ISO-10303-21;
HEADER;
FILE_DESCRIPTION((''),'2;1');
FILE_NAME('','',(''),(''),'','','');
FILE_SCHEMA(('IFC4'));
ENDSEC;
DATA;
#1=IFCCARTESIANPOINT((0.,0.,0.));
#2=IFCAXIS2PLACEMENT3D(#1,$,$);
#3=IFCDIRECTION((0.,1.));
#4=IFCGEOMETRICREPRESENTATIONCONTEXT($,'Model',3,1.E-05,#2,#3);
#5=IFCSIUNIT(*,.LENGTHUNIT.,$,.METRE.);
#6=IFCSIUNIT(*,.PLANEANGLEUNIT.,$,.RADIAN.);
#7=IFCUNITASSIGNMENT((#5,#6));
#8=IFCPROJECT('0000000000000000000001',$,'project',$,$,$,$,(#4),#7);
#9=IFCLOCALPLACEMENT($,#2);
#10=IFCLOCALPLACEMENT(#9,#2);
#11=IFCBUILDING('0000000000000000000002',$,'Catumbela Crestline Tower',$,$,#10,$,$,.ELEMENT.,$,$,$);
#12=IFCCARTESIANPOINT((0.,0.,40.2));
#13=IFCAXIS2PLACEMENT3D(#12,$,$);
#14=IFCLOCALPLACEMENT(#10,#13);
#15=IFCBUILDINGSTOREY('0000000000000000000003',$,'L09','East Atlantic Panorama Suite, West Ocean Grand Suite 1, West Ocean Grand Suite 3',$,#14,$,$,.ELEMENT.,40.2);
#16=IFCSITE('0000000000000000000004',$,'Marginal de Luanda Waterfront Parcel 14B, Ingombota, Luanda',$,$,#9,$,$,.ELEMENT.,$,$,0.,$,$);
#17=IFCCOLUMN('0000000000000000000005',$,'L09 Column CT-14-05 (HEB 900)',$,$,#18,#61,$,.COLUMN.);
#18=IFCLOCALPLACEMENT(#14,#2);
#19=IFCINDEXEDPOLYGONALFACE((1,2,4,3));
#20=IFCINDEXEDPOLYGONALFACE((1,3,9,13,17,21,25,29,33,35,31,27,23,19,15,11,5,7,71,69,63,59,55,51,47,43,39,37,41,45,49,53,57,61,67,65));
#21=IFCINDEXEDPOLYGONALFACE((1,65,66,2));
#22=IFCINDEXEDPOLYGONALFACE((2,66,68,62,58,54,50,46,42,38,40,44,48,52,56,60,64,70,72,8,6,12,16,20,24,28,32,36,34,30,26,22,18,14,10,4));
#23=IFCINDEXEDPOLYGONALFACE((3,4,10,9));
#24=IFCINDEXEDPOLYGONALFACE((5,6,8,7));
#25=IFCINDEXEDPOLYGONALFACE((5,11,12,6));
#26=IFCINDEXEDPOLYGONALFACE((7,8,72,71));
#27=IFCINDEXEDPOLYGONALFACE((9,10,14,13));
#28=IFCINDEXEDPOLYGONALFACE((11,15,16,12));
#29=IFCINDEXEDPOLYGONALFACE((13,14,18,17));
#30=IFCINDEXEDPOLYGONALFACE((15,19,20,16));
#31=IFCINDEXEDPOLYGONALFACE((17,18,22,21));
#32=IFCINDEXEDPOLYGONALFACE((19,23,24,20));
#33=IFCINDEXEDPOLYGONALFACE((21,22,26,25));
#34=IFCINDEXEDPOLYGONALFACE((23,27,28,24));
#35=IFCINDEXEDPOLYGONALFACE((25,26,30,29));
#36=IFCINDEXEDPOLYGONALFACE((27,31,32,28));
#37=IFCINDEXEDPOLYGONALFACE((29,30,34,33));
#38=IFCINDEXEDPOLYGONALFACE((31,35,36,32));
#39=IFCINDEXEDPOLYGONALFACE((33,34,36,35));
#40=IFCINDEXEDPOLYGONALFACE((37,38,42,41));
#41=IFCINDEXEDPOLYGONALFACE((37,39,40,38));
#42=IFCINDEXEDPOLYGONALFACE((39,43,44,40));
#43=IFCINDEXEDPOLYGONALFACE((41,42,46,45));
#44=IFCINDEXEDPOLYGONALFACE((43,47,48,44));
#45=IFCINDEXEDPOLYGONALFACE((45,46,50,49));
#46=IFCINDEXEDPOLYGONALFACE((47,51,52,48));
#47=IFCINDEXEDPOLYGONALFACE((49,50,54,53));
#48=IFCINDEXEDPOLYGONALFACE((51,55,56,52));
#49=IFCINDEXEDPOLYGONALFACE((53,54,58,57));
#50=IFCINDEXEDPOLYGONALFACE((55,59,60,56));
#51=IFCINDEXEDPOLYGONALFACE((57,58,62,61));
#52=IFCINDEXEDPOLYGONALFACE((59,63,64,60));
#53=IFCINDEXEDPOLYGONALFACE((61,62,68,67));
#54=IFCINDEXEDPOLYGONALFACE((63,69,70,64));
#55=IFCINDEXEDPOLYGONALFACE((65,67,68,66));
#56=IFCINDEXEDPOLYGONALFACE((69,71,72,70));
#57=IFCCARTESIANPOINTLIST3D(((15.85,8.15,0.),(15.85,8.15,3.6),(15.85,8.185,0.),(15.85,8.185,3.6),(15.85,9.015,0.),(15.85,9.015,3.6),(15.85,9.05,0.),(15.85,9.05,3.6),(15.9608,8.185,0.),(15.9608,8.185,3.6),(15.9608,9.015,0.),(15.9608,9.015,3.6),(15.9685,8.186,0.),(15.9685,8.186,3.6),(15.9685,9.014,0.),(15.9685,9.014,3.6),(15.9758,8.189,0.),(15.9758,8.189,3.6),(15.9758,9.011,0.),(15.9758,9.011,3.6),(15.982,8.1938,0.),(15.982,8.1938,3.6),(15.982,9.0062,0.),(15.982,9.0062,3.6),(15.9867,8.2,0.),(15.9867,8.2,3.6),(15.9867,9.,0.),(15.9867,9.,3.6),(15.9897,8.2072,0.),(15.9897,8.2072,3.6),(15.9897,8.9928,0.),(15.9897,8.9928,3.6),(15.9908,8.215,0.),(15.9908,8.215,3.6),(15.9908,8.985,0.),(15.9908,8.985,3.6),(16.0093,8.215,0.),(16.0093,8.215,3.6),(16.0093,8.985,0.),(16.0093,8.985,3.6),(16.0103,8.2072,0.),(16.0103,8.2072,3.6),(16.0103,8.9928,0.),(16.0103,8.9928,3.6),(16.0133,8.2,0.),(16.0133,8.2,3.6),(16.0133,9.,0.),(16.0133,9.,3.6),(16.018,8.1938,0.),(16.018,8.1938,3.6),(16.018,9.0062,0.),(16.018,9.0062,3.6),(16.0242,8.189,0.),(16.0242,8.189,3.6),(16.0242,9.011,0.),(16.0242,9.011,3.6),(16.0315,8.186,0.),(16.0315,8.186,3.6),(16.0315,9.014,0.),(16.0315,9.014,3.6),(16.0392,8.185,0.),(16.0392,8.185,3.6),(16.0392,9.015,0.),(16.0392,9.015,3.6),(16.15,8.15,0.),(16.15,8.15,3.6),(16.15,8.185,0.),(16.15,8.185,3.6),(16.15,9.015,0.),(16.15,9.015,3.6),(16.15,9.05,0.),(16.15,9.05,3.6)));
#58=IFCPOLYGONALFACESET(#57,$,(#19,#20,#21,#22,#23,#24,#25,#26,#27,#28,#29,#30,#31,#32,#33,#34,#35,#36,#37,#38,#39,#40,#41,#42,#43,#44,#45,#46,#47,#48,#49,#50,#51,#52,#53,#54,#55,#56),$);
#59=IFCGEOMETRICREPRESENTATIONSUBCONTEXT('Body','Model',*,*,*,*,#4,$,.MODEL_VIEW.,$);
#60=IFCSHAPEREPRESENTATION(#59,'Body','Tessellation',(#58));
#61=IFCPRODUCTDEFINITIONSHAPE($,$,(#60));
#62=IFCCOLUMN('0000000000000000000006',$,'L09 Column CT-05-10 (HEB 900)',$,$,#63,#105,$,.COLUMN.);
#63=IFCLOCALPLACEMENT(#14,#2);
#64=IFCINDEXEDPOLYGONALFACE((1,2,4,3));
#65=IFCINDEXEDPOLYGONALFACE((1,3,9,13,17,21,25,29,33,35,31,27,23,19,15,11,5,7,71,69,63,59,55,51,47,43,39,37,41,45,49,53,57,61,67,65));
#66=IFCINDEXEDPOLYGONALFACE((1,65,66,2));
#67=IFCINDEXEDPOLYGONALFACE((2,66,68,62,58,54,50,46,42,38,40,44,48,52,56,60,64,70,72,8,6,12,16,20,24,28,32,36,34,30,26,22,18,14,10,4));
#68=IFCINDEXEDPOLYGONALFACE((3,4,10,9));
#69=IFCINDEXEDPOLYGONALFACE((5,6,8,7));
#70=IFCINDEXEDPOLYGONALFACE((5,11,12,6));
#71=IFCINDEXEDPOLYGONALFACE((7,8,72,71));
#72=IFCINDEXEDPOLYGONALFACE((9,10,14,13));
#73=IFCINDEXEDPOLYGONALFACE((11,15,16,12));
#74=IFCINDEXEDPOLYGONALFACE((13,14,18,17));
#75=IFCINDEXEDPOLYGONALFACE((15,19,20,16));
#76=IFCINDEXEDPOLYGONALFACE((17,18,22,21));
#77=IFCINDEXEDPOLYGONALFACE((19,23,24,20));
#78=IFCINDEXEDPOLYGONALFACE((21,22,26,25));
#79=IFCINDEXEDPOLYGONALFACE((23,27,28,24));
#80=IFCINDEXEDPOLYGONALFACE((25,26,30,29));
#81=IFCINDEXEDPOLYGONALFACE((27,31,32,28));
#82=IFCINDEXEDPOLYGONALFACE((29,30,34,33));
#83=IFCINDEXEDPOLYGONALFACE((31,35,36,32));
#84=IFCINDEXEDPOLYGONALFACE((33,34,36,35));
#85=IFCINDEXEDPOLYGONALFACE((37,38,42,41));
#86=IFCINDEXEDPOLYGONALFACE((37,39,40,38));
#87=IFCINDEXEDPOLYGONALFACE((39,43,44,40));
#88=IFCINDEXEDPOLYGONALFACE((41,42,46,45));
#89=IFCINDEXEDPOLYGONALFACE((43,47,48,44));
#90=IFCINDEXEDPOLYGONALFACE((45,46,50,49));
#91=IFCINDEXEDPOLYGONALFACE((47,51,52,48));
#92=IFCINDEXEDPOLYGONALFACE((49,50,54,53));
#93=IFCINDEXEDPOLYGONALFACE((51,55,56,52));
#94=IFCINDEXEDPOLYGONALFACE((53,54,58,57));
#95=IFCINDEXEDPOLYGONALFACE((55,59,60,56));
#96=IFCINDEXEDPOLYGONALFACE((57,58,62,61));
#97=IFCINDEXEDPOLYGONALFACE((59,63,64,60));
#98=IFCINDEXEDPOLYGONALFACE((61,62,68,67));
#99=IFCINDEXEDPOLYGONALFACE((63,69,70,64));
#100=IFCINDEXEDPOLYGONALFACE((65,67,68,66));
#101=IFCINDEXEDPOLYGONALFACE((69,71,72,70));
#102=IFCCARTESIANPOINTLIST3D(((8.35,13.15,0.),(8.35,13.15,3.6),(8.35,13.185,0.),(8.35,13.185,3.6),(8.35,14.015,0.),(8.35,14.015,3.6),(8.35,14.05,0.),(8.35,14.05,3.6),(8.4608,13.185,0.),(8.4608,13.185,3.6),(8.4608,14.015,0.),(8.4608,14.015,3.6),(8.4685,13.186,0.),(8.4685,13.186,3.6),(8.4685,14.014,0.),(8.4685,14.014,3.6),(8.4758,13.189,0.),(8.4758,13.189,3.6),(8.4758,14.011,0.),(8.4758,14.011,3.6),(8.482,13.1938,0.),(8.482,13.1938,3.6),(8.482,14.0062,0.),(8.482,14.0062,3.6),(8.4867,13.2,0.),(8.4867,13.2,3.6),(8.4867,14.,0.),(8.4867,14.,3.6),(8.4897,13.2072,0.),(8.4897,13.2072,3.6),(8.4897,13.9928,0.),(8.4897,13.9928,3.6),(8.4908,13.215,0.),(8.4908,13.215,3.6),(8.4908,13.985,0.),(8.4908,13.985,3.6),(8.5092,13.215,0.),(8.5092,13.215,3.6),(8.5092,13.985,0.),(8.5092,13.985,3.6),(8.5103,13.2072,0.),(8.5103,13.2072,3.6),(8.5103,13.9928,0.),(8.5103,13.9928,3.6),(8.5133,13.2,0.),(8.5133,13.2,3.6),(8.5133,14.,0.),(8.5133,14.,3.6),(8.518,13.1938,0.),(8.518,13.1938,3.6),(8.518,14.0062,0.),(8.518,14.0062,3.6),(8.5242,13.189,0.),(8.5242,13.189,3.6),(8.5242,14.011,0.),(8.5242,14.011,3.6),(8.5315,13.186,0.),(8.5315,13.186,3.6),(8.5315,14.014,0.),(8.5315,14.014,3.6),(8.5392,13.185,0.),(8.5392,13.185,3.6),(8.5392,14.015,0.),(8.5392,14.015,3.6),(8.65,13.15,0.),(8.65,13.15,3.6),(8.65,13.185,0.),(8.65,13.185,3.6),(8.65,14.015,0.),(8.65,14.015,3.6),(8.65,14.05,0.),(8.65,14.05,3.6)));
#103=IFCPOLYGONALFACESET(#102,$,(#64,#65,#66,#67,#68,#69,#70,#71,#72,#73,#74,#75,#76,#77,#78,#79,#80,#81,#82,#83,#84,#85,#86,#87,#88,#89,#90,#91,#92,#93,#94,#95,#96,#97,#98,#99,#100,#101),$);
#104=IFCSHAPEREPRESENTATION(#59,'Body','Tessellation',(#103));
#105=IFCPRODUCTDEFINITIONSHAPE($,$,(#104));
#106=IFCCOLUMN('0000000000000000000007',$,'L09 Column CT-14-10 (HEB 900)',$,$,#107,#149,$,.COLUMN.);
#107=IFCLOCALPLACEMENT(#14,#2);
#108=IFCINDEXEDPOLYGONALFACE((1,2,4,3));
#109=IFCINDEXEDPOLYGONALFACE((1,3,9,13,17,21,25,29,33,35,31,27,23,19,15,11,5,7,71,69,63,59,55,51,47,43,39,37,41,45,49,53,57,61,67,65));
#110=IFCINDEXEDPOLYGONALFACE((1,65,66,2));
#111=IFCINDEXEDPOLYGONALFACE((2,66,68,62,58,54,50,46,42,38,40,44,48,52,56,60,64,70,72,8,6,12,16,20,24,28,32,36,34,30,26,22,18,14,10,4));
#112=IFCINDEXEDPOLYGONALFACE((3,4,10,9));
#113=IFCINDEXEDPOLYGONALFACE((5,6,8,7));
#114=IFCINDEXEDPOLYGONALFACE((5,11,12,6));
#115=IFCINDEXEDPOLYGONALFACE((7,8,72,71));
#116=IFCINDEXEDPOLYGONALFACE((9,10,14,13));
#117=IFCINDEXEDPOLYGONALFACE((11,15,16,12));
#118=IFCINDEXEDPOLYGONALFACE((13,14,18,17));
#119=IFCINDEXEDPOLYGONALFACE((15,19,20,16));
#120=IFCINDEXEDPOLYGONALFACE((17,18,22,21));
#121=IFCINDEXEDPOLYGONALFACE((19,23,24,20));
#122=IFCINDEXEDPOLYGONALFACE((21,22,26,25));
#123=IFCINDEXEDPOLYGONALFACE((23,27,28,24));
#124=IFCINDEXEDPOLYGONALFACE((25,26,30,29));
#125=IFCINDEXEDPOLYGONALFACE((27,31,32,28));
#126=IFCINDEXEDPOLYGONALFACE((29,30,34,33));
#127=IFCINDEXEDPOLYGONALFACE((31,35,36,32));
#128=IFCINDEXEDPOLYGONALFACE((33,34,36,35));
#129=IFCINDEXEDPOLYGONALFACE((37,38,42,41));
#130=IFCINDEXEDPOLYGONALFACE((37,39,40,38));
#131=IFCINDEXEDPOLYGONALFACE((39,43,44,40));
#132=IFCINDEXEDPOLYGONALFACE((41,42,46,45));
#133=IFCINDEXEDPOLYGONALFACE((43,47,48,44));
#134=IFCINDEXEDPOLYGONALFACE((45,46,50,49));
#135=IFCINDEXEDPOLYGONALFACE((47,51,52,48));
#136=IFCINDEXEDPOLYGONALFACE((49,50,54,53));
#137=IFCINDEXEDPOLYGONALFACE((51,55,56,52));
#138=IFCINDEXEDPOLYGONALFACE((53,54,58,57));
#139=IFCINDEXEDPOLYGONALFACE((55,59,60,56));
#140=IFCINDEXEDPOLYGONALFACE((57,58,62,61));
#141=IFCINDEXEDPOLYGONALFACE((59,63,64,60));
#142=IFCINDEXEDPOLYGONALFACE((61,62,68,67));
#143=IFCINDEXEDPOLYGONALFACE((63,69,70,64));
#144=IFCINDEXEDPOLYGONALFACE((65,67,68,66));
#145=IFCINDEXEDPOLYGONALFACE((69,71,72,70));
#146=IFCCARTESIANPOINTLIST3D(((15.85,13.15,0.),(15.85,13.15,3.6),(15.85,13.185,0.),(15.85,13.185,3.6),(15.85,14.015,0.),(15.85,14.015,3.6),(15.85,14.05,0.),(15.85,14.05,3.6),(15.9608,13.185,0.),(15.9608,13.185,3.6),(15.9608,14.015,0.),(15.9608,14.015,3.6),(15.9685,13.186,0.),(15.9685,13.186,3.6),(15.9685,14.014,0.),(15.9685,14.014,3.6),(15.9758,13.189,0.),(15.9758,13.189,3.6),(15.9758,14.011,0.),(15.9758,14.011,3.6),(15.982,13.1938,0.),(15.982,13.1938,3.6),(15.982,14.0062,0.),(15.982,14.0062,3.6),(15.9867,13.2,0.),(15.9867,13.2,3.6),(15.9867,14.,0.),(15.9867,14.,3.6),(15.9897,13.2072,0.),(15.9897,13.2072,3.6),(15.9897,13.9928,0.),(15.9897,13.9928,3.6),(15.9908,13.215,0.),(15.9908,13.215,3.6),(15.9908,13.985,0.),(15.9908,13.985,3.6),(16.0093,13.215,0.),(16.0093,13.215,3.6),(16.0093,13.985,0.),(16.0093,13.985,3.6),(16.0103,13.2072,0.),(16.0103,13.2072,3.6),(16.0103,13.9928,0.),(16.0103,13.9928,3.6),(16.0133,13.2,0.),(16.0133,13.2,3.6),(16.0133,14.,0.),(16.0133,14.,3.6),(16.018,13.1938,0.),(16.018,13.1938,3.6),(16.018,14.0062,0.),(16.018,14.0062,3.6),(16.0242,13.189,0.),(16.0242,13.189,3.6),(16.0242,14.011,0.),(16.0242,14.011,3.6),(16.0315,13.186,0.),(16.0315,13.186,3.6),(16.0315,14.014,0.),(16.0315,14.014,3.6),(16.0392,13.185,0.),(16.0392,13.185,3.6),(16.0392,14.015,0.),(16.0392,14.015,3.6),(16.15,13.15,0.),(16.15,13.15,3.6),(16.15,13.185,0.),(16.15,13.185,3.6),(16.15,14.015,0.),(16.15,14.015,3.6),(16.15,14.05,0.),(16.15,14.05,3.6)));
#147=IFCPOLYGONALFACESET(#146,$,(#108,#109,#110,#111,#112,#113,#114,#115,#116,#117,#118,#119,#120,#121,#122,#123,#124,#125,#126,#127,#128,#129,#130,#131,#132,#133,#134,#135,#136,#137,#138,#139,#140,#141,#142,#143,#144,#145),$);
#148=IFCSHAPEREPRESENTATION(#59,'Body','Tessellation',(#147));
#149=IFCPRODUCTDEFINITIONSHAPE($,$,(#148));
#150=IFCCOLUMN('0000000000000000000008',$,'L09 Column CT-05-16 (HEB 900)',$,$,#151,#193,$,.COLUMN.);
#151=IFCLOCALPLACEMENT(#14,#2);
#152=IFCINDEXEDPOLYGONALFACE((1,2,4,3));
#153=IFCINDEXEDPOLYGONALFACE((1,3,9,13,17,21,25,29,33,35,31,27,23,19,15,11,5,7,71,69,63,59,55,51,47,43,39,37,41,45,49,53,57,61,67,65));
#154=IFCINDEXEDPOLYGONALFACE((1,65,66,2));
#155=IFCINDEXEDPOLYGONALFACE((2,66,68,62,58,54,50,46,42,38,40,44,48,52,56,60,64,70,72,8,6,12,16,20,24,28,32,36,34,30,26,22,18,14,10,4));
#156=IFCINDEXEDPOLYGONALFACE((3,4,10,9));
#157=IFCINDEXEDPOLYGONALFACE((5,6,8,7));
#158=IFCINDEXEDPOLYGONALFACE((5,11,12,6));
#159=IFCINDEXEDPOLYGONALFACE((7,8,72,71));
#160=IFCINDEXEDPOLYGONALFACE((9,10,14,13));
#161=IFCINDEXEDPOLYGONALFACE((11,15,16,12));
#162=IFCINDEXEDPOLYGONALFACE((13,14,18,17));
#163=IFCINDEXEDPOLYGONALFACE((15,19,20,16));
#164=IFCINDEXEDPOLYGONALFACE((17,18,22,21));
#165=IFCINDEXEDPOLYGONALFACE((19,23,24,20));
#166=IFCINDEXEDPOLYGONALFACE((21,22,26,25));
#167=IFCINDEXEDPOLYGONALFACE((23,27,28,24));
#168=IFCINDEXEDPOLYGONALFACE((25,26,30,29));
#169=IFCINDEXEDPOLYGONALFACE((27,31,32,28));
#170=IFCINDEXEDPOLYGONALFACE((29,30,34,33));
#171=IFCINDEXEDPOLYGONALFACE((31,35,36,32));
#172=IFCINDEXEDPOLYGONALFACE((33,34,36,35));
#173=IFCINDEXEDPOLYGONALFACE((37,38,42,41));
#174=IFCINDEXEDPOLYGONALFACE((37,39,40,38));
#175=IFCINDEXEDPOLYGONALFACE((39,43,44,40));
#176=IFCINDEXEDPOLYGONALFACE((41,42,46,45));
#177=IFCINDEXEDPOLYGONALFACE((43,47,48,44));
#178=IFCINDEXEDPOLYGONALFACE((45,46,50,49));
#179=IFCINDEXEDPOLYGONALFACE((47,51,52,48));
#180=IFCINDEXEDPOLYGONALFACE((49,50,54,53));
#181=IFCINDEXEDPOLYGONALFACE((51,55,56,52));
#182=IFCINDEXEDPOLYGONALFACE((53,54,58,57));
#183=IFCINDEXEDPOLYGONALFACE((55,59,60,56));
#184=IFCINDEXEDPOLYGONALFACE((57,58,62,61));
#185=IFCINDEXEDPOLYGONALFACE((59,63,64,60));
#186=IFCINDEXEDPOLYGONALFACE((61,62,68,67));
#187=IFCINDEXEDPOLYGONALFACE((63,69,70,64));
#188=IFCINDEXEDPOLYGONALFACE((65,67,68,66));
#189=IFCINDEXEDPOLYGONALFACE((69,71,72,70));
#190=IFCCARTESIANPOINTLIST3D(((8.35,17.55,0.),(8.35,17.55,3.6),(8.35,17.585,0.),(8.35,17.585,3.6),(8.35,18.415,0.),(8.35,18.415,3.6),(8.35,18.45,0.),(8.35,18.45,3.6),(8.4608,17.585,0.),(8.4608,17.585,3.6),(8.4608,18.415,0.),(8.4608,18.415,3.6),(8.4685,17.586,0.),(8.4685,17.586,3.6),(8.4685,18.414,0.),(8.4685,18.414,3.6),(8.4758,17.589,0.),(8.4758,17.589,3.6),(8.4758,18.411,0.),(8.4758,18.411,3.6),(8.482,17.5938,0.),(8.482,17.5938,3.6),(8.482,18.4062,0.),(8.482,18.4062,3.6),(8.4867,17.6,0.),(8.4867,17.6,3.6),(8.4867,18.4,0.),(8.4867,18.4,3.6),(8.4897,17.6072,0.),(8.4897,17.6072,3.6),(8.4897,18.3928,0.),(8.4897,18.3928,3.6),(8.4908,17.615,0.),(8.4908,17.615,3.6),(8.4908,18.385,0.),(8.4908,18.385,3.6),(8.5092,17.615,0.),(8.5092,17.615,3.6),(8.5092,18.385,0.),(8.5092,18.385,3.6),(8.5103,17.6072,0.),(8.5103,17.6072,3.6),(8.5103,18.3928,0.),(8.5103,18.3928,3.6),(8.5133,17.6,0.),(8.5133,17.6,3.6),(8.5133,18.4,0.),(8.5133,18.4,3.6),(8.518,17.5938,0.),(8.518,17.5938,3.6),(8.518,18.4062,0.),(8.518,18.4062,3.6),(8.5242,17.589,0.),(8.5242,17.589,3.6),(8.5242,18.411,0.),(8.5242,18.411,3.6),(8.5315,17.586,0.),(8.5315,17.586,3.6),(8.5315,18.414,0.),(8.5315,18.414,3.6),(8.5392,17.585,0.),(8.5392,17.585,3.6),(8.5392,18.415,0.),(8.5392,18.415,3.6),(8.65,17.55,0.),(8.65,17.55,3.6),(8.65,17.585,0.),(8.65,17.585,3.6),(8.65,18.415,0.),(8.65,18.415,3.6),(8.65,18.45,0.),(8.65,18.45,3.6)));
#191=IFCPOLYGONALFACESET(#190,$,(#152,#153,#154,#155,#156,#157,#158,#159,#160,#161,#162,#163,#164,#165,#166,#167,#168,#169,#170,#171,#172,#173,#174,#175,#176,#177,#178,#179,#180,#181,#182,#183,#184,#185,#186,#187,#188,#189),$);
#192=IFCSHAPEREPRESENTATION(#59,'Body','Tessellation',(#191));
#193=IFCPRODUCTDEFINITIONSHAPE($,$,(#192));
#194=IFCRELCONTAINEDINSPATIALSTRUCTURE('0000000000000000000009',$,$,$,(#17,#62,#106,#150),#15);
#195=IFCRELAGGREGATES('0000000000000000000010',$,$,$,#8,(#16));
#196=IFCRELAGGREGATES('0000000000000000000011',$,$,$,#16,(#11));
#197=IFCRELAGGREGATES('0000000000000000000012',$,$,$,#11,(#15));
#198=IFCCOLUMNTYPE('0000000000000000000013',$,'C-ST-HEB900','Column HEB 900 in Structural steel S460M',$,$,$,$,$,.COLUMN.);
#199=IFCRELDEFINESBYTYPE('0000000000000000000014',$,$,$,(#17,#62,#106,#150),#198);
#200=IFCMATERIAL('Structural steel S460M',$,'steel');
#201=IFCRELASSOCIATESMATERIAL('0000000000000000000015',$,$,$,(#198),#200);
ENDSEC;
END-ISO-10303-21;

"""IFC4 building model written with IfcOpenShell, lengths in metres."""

from ifc_helpers import new_model, si_unit, direction, frame, origin, origin_2d, place, context, subcontext, project, spatial, i_section, extrude, material, material_profile, profile_set, type_object, element, save


model = new_model("IFC4")

# Units and contexts
model_context = context("Model", 3, precision=1e-05, world=origin(), true_north=direction((0.0, 1.0)))
body_context = subcontext(model_context, "Body", "Model", "MODEL_VIEW")
ifc_project = project(units=[si_unit("LENGTHUNIT", "METRE"), si_unit("PLANEANGLEUNIT", "RADIAN")], contexts=[model_context])

# Site, building, storey
site_placement = place(None, origin())
site = spatial("IfcSite", under=ifc_project, at=site_placement, Name="Marginal de Luanda Waterfront Parcel 14B, Ingombota, Luanda", CompositionType="ELEMENT", RefElevation=0.0)
building_placement = place(site_placement, origin())
building = spatial("IfcBuilding", under=site, at=building_placement, Name="Catumbela Crestline Tower", CompositionType="ELEMENT")
storey_placement = place(building_placement, frame((0.0, 0.0, 40.2)))
storey = spatial("IfcBuildingStorey", under=building, at=storey_placement, Name="L09", Description="East Atlantic Panorama Suite, West Ocean Grand Suite 1, West Ocean Grand Suite 3", CompositionType="ELEMENT", Elevation=40.2)

# Columns
ifc_material_1 = material(Name="Structural steel S460M", Category="steel")
ifc_material_profile_1 = material_profile(ifc_material_1, i_section(OverallWidth=0.3, OverallDepth=0.9, WebThickness=0.0185, FlangeThickness=0.035, FilletRadius=0.03, at=origin_2d()), Name="HEB 900")
ifc_profile_set_1 = profile_set([ifc_material_profile_1], Name="Structural steel S460M")
column_type = type_object("IfcColumnType", Name="C-ST-HEB900", Description="Column HEB 900 in Structural steel S460M", PredefinedType="COLUMN", material=ifc_profile_set_1)
for number, where, z_axis, x_axis, name in (
    (1, (16.0, 8.6, 0.0), (0.0, 0.0, 1.0), (1.0, 0.0, 0.0), "L09 Column CT-14-05 (HEB 900)"),
    (2, (8.5, 13.6, 0.0), (0.0, 0.0, 1.0), (1.0, 0.0, 0.0), "L09 Column CT-05-10 (HEB 900)"),
    (3, (16.0, 13.6, 0.0), (0.0, 0.0, 1.0), (1.0, 0.0, 0.0), "L09 Column CT-14-10 (HEB 900)"),
    (4, (8.5, 18.0, 0.0), (0.0, 0.0, 1.0), (1.0, 0.0, 0.0), "L09 Column CT-05-16 (HEB 900)"),
):
    element("IfcColumn", number, at=place(storey_placement, frame(where, z_axis=z_axis, x_axis=x_axis)), inside=storey, type_object=column_type, Name=name, PredefinedType="COLUMN", context=body_context, shape_type="SweptSolid", body=[
        extrude(i_section(OverallWidth=0.3, OverallDepth=0.9, WebThickness=0.0185, FlangeThickness=0.035, FilletRadius=0.03, at=origin_2d()), origin(), (0.0, 0.0, 1.0), 3.6),
    ])

save(model, "model.ifc")
